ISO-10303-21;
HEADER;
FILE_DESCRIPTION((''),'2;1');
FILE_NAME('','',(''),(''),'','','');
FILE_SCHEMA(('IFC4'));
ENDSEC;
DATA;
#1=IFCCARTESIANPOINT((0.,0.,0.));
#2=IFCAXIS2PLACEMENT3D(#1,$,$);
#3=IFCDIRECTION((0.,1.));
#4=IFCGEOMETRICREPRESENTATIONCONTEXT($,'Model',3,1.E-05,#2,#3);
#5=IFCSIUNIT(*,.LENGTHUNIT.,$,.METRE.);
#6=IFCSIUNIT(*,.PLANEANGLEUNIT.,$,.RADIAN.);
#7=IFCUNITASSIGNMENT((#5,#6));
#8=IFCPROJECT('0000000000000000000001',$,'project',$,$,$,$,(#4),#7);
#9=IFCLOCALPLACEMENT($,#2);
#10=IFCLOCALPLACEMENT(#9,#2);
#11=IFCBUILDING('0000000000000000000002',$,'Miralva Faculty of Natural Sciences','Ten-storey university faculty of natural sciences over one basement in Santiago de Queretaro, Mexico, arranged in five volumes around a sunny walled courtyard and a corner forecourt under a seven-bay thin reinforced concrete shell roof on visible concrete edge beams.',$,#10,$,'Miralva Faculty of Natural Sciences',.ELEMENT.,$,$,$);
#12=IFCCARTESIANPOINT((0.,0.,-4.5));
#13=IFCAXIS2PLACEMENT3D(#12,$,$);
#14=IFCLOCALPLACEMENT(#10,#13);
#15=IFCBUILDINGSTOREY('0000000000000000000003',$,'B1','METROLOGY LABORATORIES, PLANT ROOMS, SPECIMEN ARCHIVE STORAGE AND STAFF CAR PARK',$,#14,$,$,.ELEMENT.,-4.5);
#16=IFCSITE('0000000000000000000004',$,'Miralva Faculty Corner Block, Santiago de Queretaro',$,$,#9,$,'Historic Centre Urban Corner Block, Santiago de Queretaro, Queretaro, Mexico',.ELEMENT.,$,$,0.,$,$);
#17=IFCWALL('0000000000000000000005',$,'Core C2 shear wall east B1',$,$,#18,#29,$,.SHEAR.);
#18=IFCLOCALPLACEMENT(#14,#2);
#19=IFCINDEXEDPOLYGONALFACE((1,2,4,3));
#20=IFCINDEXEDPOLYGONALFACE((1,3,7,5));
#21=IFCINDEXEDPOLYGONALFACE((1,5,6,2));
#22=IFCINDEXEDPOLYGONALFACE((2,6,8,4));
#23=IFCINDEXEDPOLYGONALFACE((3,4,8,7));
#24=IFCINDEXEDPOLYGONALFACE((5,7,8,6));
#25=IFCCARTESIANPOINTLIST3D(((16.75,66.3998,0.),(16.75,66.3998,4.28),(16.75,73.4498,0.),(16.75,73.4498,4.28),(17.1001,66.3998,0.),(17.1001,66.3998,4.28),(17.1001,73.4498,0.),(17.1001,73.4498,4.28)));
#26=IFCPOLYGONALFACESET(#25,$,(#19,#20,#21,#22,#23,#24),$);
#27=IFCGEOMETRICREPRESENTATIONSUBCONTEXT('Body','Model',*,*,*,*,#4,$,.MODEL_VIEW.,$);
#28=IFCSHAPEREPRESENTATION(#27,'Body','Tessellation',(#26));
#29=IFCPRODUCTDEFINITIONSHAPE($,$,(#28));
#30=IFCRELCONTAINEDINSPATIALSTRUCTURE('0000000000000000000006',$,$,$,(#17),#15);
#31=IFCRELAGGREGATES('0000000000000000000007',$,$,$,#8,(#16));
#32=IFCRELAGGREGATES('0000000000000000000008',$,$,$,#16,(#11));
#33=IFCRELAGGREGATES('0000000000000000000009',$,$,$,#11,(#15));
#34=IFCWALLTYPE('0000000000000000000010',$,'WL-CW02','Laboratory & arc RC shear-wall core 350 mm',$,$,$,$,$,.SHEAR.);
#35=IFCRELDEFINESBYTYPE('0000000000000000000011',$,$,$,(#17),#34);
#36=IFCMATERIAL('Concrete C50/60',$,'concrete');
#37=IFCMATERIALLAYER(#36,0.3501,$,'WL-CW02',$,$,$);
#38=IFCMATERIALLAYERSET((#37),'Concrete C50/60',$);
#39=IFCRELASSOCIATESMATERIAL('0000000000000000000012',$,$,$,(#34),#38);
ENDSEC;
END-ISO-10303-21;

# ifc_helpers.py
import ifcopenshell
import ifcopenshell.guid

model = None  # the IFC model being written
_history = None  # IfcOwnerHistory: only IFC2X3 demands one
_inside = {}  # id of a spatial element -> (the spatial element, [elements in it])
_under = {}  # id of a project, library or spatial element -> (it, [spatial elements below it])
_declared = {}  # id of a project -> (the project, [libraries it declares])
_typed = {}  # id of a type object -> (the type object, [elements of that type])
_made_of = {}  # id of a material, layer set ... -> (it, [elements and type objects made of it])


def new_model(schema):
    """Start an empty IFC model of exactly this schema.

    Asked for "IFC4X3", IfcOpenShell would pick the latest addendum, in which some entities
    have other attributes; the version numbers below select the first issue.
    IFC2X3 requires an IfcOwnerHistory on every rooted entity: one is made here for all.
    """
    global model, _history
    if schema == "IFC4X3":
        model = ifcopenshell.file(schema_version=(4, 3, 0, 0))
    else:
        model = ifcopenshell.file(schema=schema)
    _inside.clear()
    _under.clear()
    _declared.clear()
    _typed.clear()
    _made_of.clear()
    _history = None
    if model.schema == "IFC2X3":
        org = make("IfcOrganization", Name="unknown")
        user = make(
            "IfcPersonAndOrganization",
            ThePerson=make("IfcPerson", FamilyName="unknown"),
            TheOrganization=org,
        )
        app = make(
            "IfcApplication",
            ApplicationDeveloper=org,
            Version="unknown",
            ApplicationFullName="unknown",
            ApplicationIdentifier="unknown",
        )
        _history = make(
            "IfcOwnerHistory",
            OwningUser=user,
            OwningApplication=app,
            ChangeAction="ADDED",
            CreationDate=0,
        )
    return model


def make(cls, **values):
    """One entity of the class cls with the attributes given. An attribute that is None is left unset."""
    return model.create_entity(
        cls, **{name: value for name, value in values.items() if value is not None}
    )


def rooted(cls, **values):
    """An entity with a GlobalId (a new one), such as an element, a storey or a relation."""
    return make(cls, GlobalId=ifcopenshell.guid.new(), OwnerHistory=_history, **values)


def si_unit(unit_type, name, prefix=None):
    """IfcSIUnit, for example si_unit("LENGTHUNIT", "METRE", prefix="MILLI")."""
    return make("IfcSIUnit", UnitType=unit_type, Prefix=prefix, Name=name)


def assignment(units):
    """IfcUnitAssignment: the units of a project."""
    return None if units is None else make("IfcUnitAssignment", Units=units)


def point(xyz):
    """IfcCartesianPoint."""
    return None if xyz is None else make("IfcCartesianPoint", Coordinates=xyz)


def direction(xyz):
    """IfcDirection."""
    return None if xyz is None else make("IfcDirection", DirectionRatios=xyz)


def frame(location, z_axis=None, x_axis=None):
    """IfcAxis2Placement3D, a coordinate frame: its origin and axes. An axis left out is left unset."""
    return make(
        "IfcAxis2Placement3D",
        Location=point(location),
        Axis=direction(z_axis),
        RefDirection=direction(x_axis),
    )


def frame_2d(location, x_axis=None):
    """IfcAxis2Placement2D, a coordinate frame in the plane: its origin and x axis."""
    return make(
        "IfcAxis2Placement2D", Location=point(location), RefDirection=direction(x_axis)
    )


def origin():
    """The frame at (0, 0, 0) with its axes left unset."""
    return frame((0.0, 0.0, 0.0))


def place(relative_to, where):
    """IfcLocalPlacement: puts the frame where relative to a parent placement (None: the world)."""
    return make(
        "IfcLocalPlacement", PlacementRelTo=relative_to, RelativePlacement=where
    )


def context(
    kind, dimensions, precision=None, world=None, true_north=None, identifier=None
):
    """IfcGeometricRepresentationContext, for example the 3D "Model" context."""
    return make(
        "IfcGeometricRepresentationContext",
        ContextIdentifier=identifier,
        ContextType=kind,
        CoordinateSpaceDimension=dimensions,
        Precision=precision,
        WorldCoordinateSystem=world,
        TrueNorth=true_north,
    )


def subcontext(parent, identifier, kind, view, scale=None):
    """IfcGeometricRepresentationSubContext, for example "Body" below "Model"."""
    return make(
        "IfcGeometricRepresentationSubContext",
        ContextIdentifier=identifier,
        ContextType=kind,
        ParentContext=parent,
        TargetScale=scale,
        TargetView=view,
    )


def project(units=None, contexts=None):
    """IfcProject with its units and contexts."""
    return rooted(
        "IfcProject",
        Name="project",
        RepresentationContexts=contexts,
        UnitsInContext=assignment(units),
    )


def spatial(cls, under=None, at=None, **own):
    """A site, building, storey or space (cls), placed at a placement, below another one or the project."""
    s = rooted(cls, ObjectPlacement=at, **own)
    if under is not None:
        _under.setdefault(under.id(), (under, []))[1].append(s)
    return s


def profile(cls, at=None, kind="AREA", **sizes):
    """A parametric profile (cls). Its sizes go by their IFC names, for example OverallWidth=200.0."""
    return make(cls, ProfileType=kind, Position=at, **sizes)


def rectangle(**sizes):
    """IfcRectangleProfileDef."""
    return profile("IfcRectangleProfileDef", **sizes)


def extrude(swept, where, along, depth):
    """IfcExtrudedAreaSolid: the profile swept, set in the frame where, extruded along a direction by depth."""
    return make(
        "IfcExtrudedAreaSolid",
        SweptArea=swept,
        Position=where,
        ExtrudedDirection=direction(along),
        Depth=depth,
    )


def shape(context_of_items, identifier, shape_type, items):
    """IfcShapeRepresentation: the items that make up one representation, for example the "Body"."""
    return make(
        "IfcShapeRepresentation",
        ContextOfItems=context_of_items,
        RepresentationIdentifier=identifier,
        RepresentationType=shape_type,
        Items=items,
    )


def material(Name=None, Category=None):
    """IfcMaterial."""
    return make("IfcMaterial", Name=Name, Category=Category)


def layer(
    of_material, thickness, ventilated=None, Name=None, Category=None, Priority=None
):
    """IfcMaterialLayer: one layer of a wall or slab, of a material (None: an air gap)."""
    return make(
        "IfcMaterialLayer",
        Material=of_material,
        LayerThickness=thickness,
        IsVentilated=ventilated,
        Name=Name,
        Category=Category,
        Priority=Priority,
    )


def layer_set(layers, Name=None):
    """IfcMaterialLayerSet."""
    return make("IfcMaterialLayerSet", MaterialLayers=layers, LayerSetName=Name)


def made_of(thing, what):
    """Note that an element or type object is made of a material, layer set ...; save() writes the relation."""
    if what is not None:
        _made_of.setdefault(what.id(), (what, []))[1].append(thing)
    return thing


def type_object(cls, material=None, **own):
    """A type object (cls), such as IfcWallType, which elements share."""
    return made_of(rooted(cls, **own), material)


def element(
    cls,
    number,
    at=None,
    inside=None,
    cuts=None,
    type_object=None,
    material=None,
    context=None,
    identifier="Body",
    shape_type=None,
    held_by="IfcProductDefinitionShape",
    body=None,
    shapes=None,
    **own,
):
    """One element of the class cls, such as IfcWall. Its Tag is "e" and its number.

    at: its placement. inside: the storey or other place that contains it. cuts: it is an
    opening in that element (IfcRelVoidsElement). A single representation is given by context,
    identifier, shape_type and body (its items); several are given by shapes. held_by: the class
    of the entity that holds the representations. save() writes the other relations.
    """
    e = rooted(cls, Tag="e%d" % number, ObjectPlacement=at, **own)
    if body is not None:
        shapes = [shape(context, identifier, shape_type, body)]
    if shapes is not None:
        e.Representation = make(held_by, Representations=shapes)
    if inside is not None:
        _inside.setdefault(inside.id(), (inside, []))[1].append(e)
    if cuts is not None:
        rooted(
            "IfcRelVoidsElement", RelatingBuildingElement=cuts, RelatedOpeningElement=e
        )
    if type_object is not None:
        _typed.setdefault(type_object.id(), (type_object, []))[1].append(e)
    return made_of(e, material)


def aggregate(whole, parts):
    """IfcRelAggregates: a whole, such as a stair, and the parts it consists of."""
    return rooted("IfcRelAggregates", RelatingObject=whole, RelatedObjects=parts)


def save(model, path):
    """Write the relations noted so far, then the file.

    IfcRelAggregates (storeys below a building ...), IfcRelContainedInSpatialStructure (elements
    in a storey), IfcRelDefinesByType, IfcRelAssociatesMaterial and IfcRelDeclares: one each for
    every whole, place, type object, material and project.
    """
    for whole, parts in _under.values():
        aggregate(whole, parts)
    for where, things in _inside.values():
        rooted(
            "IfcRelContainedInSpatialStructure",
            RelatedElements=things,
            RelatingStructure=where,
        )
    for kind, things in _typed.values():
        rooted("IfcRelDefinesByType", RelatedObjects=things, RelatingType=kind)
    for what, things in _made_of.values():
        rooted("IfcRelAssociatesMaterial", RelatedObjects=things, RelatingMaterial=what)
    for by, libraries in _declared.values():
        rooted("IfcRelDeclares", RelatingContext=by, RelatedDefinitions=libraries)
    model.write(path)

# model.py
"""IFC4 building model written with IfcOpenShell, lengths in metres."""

from ifc_helpers import new_model, si_unit, direction, frame, frame_2d, origin, place, context, subcontext, project, spatial, rectangle, extrude, material, layer, layer_set, type_object, element, save


model = new_model("IFC4")

# Units and contexts
model_context = context("Model", 3, precision=1e-05, world=origin(), true_north=direction((0.0, 1.0)))
body_context = subcontext(model_context, "Body", "Model", "MODEL_VIEW")
ifc_project = project(units=[si_unit("LENGTHUNIT", "METRE"), si_unit("PLANEANGLEUNIT", "RADIAN")], contexts=[model_context])

# Site, building, storey
site_placement = place(None, origin())
site = spatial("IfcSite", under=ifc_project, at=site_placement, Name="Miralva Faculty Corner Block, Santiago de Queretaro", LongName="Historic Centre Urban Corner Block, Santiago de Queretaro, Queretaro, Mexico", CompositionType="ELEMENT", RefElevation=0.0)
building_placement = place(site_placement, origin())
building = spatial("IfcBuilding", under=site, at=building_placement, Name="Miralva Faculty of Natural Sciences", Description="Ten-storey university faculty of natural sciences over one basement in Santiago de Queretaro, Mexico, arranged in five volumes around a sunny walled courtyard and a corner forecourt under a seven-bay thin reinforced concrete shell roof on visible concrete edge beams.", LongName="Miralva Faculty of Natural Sciences", CompositionType="ELEMENT")
storey_placement = place(building_placement, frame((0.0, 0.0, -4.5)))
storey = spatial("IfcBuildingStorey", under=building, at=storey_placement, Name="B1", Description="METROLOGY LABORATORIES, PLANT ROOMS, SPECIMEN ARCHIVE STORAGE AND STAFF CAR PARK", CompositionType="ELEMENT", Elevation=-4.5)

# Shared definitions
ifc_material_1 = material(Name="Concrete C50/60", Category="concrete")

# Shared definitions
ifc_layer_1 = layer(ifc_material_1, 0.3501, Name="WL-CW02")
ifc_layer_set_1 = layer_set([ifc_layer_1], Name="Concrete C50/60")
wall_type = type_object("IfcWallType", Name="WL-CW02", Description="Laboratory & arc RC shear-wall core 350 mm", PredefinedType="SHEAR", material=ifc_layer_set_1)

# Wall
for number, where, z_axis, x_axis, name in (
    (1, (16.925, 66.3999, 0.0), (0.0, 0.0, 1.0), (0.0, 1.0, 0.0), "Core C2 shear wall east B1"),
):
    element("IfcWall", number, at=place(storey_placement, frame(where, z_axis=z_axis, x_axis=x_axis)), inside=storey, type_object=wall_type, Name=name, PredefinedType="SHEAR", context=body_context, shape_type="SweptSolid", body=[
        extrude(rectangle(XDim=7.05, YDim=0.3501, at=frame_2d((3.5249, 0.0))), origin(), (0.0, 0.0, 1.0), 4.28),
    ])

save(model, "model.ifc")
